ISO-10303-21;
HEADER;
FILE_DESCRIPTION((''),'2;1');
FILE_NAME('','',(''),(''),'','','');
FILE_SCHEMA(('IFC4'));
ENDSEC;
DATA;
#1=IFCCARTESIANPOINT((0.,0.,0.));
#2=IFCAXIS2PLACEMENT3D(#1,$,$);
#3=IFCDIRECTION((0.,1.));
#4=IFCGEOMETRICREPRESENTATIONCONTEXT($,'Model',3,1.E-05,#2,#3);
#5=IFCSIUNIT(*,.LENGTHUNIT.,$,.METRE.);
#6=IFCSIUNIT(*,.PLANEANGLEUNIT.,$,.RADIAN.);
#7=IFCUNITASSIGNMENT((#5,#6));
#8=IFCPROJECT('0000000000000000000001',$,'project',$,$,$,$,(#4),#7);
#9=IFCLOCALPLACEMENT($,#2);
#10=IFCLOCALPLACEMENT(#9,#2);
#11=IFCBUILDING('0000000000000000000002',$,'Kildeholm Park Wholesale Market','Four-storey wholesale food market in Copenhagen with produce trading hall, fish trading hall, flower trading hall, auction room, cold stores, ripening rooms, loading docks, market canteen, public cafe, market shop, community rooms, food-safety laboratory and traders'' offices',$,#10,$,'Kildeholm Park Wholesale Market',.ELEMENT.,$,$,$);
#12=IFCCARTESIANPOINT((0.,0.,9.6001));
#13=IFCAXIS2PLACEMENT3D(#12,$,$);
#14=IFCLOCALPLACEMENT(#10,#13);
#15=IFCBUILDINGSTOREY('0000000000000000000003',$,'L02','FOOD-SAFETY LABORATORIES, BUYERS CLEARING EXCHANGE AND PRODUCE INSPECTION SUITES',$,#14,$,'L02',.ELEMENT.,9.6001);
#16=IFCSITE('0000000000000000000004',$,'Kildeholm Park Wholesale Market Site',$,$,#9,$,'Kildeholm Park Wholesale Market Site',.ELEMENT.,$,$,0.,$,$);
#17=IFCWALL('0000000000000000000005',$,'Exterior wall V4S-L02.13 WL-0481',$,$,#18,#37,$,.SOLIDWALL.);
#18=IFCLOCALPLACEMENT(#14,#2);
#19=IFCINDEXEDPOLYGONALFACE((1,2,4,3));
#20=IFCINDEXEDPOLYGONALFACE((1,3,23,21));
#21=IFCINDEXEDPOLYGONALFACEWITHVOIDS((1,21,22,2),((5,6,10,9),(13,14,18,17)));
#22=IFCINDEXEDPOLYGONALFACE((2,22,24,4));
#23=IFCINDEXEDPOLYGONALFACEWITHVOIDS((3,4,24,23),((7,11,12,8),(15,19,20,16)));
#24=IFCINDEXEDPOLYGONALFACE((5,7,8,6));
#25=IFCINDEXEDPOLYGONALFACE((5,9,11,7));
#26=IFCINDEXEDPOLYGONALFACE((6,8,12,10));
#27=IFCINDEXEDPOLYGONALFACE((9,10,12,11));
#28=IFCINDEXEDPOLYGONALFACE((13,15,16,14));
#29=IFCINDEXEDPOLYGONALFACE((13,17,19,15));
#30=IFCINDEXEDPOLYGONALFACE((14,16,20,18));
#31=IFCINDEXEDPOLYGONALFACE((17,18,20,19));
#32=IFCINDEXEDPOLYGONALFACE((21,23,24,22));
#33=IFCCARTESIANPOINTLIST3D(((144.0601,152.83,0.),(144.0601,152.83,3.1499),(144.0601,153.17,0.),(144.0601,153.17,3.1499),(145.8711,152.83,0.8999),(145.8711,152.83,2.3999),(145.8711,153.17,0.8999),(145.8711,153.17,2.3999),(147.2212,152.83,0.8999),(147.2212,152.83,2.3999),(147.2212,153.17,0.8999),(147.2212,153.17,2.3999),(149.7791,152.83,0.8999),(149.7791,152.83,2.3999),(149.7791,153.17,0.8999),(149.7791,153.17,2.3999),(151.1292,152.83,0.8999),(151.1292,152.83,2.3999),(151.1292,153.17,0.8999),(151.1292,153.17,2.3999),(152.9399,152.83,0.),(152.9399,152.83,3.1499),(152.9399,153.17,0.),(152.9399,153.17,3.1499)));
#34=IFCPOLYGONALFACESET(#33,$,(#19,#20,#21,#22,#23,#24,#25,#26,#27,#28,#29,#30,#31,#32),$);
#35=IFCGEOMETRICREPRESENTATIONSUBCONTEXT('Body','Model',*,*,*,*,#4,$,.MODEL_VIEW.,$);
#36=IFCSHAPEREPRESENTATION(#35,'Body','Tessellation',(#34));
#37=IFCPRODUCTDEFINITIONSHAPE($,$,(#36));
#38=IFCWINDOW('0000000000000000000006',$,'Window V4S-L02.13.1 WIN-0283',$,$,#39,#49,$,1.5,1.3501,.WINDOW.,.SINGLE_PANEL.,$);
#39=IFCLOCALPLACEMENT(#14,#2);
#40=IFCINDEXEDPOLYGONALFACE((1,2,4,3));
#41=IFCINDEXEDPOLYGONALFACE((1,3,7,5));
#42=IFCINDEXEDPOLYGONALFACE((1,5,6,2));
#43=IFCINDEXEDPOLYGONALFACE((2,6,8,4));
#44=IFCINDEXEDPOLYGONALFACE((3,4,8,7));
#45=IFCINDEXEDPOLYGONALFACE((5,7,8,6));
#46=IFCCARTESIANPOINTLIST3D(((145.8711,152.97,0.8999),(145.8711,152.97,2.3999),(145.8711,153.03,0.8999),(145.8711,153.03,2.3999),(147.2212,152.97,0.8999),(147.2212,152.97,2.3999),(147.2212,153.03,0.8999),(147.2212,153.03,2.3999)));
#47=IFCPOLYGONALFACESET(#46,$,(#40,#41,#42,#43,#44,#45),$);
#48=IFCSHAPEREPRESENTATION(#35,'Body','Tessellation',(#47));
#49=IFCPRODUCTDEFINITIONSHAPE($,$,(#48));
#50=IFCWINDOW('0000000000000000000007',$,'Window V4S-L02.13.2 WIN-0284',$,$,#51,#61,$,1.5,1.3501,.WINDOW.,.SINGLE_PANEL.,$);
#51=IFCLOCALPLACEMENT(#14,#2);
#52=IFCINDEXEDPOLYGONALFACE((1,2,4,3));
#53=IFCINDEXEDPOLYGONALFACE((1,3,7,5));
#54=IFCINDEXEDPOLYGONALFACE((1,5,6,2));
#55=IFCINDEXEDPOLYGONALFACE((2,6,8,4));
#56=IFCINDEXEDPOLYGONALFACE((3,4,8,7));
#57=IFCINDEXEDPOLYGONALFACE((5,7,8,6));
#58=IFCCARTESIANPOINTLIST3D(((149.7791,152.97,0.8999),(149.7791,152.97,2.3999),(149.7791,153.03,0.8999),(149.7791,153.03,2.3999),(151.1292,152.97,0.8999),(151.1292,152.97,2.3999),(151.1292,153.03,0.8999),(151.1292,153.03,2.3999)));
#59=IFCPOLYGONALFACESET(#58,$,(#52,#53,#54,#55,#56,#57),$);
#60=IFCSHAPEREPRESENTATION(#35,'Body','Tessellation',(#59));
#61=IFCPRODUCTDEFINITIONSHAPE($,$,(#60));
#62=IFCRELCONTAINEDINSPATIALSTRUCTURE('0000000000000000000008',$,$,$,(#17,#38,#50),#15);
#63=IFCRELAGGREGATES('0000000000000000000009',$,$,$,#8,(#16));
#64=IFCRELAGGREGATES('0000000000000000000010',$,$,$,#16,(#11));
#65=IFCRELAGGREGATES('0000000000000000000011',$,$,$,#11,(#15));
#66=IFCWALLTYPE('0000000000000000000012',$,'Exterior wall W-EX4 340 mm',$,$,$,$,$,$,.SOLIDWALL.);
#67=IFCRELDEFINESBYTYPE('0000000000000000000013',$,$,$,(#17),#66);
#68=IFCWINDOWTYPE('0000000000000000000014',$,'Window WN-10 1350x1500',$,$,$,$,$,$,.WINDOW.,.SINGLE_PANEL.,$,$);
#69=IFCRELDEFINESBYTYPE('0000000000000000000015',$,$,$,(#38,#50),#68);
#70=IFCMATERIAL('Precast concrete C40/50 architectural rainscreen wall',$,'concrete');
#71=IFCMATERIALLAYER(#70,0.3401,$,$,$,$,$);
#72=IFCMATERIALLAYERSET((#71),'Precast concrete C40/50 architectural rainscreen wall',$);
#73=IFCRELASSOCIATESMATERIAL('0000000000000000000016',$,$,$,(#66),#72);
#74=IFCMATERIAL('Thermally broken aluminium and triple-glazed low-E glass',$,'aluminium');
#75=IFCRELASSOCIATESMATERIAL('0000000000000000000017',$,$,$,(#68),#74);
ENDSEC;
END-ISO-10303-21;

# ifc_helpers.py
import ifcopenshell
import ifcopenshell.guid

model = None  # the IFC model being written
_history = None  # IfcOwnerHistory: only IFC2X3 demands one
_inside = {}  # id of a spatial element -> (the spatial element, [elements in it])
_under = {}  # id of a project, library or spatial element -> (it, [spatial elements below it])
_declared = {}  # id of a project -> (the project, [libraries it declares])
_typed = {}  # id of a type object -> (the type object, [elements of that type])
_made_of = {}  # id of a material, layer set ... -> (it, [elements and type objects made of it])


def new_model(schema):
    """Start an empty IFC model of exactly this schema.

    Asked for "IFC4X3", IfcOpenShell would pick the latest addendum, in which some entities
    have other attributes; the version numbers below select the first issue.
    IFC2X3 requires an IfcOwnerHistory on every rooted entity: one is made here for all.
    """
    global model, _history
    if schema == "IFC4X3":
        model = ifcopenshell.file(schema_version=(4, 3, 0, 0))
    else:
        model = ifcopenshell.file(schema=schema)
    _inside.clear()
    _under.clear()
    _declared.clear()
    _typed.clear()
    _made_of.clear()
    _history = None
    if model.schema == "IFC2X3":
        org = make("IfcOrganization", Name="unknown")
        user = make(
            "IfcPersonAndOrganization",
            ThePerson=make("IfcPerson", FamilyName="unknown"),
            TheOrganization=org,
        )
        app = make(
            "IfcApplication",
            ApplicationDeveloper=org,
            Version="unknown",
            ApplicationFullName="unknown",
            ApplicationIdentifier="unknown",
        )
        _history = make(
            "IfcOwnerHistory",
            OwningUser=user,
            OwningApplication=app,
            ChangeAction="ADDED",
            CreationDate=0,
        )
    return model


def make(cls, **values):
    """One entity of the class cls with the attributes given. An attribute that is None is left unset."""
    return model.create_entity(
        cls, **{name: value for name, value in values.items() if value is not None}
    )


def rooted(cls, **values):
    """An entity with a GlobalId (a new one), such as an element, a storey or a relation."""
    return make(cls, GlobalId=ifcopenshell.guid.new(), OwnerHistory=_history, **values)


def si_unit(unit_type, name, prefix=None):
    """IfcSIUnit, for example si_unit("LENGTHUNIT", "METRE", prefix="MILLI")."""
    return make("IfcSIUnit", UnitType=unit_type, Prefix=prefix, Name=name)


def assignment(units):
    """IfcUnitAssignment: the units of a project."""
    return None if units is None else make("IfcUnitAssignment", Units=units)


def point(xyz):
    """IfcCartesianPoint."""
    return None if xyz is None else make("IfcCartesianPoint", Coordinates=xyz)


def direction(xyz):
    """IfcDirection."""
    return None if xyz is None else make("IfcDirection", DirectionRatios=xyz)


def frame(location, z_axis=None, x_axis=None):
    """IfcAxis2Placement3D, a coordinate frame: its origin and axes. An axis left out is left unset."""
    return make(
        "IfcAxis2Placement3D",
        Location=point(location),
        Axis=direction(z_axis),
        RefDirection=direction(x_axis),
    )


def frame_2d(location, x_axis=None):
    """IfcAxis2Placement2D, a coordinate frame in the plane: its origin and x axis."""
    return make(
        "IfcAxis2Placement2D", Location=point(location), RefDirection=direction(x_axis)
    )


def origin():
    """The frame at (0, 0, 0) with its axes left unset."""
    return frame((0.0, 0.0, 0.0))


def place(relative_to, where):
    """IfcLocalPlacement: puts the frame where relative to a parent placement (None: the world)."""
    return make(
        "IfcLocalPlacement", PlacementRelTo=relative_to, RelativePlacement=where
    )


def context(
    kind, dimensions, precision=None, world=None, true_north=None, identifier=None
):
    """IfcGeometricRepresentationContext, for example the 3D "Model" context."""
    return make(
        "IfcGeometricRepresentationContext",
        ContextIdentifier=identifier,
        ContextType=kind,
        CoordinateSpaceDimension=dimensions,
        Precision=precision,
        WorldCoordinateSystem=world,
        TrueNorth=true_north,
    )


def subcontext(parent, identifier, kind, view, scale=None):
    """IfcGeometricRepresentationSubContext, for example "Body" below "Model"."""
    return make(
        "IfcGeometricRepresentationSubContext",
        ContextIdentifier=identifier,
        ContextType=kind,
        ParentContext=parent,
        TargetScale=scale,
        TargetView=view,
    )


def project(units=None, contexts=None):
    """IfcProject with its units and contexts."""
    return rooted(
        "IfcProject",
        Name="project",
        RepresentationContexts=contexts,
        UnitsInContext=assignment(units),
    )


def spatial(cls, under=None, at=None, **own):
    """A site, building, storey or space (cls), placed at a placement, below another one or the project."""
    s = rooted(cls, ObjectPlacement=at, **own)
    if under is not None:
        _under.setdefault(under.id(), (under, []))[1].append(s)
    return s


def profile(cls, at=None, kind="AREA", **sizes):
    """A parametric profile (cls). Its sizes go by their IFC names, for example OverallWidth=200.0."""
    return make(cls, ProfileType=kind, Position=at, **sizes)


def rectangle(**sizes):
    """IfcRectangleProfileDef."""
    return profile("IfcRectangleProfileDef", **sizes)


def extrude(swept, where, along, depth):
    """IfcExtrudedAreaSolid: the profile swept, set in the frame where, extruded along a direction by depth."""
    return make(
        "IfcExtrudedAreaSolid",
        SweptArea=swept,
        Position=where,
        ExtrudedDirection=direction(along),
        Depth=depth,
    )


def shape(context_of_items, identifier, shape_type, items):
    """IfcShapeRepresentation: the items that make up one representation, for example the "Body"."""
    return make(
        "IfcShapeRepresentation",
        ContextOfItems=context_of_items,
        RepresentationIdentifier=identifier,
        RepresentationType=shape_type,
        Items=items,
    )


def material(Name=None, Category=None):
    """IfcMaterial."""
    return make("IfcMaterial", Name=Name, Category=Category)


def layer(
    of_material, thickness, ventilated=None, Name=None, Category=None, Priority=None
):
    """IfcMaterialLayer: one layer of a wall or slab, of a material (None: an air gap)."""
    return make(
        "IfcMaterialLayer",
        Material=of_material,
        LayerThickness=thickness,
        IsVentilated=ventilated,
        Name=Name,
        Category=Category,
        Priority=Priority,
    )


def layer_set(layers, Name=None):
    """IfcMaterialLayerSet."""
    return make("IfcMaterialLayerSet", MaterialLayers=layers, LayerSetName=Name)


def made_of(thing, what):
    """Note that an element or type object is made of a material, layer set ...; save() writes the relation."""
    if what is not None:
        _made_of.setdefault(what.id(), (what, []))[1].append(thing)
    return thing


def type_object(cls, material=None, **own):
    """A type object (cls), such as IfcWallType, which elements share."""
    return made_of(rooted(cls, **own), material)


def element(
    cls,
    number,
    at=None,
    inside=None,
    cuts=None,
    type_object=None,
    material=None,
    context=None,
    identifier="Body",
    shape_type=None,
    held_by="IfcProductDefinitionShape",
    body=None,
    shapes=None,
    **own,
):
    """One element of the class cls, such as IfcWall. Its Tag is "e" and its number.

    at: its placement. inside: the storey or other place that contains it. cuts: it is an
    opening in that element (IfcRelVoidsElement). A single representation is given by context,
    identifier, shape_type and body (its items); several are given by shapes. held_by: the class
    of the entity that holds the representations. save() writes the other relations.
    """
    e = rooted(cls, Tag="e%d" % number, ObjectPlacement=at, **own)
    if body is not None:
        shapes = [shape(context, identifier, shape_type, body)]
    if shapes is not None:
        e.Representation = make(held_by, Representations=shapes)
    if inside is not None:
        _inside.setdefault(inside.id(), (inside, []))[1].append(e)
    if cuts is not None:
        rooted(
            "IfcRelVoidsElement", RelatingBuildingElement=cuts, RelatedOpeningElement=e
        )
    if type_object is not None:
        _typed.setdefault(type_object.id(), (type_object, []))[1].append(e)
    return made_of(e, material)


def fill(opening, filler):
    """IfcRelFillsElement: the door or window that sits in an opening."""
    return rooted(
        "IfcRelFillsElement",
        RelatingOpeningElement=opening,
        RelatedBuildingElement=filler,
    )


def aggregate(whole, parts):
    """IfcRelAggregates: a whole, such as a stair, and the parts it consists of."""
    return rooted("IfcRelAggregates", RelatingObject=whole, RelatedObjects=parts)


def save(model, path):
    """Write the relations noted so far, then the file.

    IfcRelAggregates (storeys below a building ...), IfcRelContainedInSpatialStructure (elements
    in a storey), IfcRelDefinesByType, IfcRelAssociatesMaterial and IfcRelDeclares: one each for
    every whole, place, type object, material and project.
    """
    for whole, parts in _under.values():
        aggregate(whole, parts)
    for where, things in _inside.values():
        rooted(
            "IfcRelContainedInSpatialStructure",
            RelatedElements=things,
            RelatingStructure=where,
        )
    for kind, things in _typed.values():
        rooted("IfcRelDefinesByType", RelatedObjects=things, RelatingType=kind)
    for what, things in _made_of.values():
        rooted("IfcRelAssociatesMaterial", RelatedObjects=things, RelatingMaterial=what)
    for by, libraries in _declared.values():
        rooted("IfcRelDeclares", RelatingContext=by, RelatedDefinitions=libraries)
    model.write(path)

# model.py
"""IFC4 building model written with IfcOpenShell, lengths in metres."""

from ifc_helpers import new_model, si_unit, direction, frame, frame_2d, origin, place, context, subcontext, project, spatial, rectangle, extrude, material, layer, layer_set, type_object, element, fill, save


model = new_model("IFC4")

# Units and contexts
model_context = context("Model", 3, precision=1e-05, world=origin(), true_north=direction((0.0, 1.0)))
body_context = subcontext(model_context, "Body", "Model", "MODEL_VIEW")
ifc_project = project(units=[si_unit("LENGTHUNIT", "METRE"), si_unit("PLANEANGLEUNIT", "RADIAN")], contexts=[model_context])

# Site, building, storey
site_placement = place(None, origin())
site = spatial("IfcSite", under=ifc_project, at=site_placement, Name="Kildeholm Park Wholesale Market Site", LongName="Kildeholm Park Wholesale Market Site", CompositionType="ELEMENT", RefElevation=0.0)
building_placement = place(site_placement, origin())
building = spatial("IfcBuilding", under=site, at=building_placement, Name="Kildeholm Park Wholesale Market", Description="Four-storey wholesale food market in Copenhagen with produce trading hall, fish trading hall, flower trading hall, auction room, cold stores, ripening rooms, loading docks, market canteen, public cafe, market shop, community rooms, food-safety laboratory and traders' offices", LongName="Kildeholm Park Wholesale Market", CompositionType="ELEMENT")
storey_placement = place(building_placement, frame((0.0, 0.0, 9.6001)))
storey = spatial("IfcBuildingStorey", under=building, at=storey_placement, Name="L02", Description="FOOD-SAFETY LABORATORIES, BUYERS CLEARING EXCHANGE AND PRODUCE INSPECTION SUITES", LongName="L02", CompositionType="ELEMENT", Elevation=9.6001)

# Wall, openings, windows
ifc_material_1 = material(Name="Precast concrete C40/50 architectural rainscreen wall", Category="concrete")
ifc_layer = layer(ifc_material_1, 0.3401)
ifc_layer_set = layer_set([ifc_layer], Name="Precast concrete C40/50 architectural rainscreen wall")
wall_type = type_object("IfcWallType", Name="Exterior wall W-EX4 340 mm", PredefinedType="SOLIDWALL", material=ifc_layer_set)
ifc_material_2 = material(Name="Thermally broken aluminium and triple-glazed low-E glass", Category="aluminium")
wall_1_placement = place(storey_placement, frame((144.0601, 153.0, 0.0), z_axis=(0.0, 0.0, 1.0), x_axis=(1.0, 0.0, 0.0)))
wall_1 = element("IfcWall", 1, at=wall_1_placement, inside=storey, type_object=wall_type, Name="Exterior wall V4S-L02.13 WL-0481", PredefinedType="SOLIDWALL", context=body_context, shape_type="SweptSolid", body=[
    extrude(rectangle(XDim=8.8799, YDim=0.3401, at=frame_2d((4.4399, 0.0))), origin(), (0.0, 0.0, 1.0), 3.1499),
])
opening_1_placement = place(wall_1_placement, frame((1.811, 0.0, 0.8999)))
opening_1 = element("IfcOpeningElement", 2, at=opening_1_placement, cuts=wall_1, PredefinedType="OPENING", context=body_context, shape_type="SweptSolid", body=[
    extrude(rectangle(XDim=1.3501, YDim=1.5, at=frame_2d((0.675, 0.75))), frame((0.0, 0.1799, 0.0), z_axis=(0.0, -1.0, 0.0), x_axis=(1.0, 0.0, 0.0)), (0.0, 0.0, 1.0), 0.3601),
])
opening_2_placement = place(wall_1_placement, frame((5.719, 0.0, 0.8999)))
opening_2 = element("IfcOpeningElement", 3, at=opening_2_placement, cuts=wall_1, PredefinedType="OPENING", context=body_context, shape_type="SweptSolid", body=[
    extrude(rectangle(XDim=1.3501, YDim=1.5, at=frame_2d((0.675, 0.75))), frame((0.0, 0.1799, 0.0), z_axis=(0.0, -1.0, 0.0), x_axis=(1.0, 0.0, 0.0)), (0.0, 0.0, 1.0), 0.3601),
])
window_type_1 = type_object("IfcWindowType", Name="Window WN-10 1350x1500", PartitioningType="SINGLE_PANEL", PredefinedType="WINDOW", material=ifc_material_2)
window_1_placement = place(opening_1_placement, origin())
window_1 = element("IfcWindow", 4, at=window_1_placement, inside=storey, type_object=window_type_1, Name="Window V4S-L02.13.1 WIN-0283", OverallHeight=1.5, OverallWidth=1.3501, PartitioningType="SINGLE_PANEL", PredefinedType="WINDOW", context=body_context, shape_type="SweptSolid", body=[
    extrude(rectangle(XDim=1.3501, YDim=1.5, at=frame_2d((0.675, 0.75))), frame((0.0, 0.03, 0.0), z_axis=(0.0, -1.0, 0.0), x_axis=(1.0, 0.0, 0.0)), (0.0, 0.0, 1.0), 0.0601),
])
fill(opening_1, window_1)
window_2_placement = place(opening_2_placement, origin())
window_2 = element("IfcWindow", 5, at=window_2_placement, inside=storey, type_object=window_type_1, Name="Window V4S-L02.13.2 WIN-0284", OverallHeight=1.5, OverallWidth=1.3501, PartitioningType="SINGLE_PANEL", PredefinedType="WINDOW", context=body_context, shape_type="SweptSolid", body=[
    extrude(rectangle(XDim=1.3501, YDim=1.5, at=frame_2d((0.675, 0.75))), frame((0.0, 0.03, 0.0), z_axis=(0.0, -1.0, 0.0), x_axis=(1.0, 0.0, 0.0)), (0.0, 0.0, 1.0), 0.0601),
])
fill(opening_2, window_2)

save(model, "model.ifc")
